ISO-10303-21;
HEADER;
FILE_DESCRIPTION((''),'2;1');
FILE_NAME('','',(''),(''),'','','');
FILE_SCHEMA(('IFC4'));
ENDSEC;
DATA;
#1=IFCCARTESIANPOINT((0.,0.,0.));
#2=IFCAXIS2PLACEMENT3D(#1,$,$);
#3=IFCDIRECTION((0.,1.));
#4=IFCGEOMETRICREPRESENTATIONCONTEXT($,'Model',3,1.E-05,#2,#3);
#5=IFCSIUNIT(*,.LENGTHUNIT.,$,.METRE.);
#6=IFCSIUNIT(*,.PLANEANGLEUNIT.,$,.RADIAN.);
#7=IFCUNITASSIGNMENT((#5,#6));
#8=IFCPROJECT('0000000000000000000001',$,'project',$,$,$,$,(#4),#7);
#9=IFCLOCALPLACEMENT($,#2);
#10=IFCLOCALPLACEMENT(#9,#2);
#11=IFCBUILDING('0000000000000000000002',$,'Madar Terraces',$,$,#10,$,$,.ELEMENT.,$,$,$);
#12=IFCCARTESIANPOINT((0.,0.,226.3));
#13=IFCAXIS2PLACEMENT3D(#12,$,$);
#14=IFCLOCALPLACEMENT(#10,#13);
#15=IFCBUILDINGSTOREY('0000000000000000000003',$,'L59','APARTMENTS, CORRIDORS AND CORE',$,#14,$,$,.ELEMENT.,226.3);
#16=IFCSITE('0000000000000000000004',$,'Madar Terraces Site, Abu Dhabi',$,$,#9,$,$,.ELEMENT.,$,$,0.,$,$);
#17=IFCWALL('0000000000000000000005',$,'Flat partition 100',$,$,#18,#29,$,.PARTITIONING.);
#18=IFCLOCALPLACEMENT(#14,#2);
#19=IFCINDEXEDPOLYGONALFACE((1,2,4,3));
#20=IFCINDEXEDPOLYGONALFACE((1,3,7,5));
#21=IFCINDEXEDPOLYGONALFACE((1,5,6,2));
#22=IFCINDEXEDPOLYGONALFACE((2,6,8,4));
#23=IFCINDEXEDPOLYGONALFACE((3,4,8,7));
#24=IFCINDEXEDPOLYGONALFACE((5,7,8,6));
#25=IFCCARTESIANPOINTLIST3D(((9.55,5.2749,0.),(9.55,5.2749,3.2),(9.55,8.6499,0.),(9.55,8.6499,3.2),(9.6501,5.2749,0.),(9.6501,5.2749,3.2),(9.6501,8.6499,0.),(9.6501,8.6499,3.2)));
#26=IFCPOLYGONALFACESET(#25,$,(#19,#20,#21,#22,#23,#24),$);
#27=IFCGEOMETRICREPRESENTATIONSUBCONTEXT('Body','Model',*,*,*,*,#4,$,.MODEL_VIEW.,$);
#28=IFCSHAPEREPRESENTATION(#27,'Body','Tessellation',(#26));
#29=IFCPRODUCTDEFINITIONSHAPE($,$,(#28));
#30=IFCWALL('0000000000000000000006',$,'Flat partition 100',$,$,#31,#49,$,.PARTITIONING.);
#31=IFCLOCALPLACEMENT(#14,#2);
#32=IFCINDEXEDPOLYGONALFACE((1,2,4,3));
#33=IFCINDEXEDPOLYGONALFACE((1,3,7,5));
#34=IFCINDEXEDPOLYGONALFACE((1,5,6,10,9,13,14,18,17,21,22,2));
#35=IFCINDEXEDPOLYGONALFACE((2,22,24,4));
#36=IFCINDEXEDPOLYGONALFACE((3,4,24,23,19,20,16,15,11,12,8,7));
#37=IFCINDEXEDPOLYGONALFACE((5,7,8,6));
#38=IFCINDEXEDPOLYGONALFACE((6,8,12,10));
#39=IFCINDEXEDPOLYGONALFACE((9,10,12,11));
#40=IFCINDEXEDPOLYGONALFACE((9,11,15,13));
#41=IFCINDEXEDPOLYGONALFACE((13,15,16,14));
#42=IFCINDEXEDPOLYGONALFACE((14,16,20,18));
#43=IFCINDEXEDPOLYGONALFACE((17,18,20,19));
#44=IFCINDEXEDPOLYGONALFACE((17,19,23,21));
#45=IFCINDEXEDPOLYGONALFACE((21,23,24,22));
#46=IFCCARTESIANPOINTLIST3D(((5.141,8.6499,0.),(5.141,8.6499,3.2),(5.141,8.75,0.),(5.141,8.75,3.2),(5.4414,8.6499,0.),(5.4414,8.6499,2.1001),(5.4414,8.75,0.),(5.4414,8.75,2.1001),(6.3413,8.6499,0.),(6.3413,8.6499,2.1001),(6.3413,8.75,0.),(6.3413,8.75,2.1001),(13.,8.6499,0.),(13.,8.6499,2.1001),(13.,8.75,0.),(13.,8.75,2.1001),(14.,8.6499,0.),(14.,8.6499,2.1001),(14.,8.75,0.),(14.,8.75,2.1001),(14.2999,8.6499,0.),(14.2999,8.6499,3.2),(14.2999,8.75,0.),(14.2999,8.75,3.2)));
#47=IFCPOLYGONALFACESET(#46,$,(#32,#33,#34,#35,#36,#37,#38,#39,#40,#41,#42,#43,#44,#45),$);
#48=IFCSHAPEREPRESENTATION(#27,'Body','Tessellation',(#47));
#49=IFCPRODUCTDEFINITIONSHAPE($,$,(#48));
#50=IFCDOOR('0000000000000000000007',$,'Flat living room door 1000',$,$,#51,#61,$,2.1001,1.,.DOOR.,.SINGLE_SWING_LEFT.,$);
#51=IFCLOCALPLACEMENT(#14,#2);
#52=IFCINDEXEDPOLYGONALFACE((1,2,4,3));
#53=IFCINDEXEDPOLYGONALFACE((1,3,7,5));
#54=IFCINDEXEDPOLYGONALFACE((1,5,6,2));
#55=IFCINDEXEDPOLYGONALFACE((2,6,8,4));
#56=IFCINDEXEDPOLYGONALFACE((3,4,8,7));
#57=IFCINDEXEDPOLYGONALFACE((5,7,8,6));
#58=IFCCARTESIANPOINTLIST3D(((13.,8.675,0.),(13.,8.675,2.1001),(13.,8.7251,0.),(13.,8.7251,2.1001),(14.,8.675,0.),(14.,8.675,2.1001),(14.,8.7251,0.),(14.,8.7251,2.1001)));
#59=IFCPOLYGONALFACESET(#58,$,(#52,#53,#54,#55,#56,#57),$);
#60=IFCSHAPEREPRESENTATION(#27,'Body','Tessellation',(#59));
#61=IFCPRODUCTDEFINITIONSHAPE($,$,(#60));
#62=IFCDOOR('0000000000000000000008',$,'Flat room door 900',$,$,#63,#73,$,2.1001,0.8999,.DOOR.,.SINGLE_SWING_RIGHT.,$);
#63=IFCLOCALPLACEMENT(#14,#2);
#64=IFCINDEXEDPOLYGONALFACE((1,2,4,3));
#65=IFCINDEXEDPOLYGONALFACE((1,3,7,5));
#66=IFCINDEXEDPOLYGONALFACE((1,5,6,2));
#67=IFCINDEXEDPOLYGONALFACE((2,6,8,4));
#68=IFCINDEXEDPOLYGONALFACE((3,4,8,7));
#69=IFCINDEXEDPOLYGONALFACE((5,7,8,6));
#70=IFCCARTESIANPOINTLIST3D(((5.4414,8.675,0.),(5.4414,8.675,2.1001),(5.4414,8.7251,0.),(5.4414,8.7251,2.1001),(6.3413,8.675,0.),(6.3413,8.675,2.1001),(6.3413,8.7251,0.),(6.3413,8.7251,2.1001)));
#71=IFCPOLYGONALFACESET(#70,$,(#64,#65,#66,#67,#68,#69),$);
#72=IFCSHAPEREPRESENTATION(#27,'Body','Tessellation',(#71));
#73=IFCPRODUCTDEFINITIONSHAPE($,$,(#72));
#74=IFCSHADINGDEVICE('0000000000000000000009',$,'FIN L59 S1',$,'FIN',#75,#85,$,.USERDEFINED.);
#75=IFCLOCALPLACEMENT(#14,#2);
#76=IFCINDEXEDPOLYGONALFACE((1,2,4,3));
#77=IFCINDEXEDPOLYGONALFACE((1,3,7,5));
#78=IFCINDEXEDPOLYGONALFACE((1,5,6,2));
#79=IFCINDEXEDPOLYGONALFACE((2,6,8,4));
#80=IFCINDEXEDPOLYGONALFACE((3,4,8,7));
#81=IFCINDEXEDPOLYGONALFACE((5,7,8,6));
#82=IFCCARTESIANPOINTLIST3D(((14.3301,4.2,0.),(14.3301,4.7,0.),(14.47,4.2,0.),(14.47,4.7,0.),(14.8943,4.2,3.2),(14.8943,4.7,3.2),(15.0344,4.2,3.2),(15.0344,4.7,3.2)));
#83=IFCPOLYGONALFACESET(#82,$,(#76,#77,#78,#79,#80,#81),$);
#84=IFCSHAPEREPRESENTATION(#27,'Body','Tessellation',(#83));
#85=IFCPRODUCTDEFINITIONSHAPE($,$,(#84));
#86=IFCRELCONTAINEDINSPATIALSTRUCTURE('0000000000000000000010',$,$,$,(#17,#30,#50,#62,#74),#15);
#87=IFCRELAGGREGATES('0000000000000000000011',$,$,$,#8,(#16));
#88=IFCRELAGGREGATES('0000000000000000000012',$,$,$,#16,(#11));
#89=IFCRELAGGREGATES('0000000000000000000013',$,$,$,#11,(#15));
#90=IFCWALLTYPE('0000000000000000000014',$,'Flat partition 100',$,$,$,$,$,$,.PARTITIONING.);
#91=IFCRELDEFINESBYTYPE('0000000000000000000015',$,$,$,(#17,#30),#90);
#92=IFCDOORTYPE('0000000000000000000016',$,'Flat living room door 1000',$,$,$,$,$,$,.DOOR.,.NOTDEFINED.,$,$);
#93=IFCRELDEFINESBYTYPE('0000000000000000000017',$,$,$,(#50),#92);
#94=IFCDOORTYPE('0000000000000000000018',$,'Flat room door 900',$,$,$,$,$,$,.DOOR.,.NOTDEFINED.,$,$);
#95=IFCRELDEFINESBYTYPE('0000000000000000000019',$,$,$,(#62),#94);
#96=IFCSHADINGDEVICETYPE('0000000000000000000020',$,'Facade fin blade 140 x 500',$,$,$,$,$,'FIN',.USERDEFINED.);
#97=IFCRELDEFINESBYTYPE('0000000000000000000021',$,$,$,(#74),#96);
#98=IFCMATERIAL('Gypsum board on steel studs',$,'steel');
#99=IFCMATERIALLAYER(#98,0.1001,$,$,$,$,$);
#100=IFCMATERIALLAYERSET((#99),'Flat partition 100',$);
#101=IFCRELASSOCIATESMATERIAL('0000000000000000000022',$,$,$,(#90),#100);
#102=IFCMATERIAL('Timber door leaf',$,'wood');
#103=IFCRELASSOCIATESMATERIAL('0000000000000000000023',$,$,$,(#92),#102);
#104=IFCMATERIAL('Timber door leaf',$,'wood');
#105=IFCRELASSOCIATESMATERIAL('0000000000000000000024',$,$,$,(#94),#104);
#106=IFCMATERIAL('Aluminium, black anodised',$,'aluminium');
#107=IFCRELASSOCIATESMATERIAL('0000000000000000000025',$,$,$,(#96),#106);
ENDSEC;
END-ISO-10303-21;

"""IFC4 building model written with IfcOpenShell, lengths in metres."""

from ifc_helpers import new_model, si_unit, direction, frame, frame_2d, origin, place, context, subcontext, project, spatial, polyline, rectangle, outline, extrude, material, layer, layer_set, type_object, element, fill, save


model = new_model("IFC4")

# Units and contexts
model_context = context("Model", 3, precision=1e-05, world=origin(), true_north=direction((0.0, 1.0)))
body_context = subcontext(model_context, "Body", "Model", "MODEL_VIEW")
ifc_project = project(units=[si_unit("LENGTHUNIT", "METRE"), si_unit("PLANEANGLEUNIT", "RADIAN")], contexts=[model_context])

# Site, building, storey
site_placement = place(None, origin())
site = spatial("IfcSite", under=ifc_project, at=site_placement, Name="Madar Terraces Site, Abu Dhabi", CompositionType="ELEMENT", RefElevation=0.0)
building_placement = place(site_placement, origin())
building = spatial("IfcBuilding", under=site, at=building_placement, Name="Madar Terraces", CompositionType="ELEMENT")
storey_placement = place(building_placement, frame((0.0, 0.0, 226.3)))
storey = spatial("IfcBuildingStorey", under=building, at=storey_placement, Name="L59", Description="APARTMENTS, CORRIDORS AND CORE", CompositionType="ELEMENT", Elevation=226.3)

# Wall
ifc_material_1 = material(Name="Gypsum board on steel studs", Category="steel")
ifc_layer_1 = layer(ifc_material_1, 0.1001)
ifc_layer_set_1 = layer_set([ifc_layer_1], Name="Flat partition 100")
wall_type_1 = type_object("IfcWallType", Name="Flat partition 100", PredefinedType="PARTITIONING", material=ifc_layer_set_1)
wall_1_placement = place(storey_placement, frame((9.6001, 8.6499, 0.0), z_axis=(0.0, 0.0, 1.0), x_axis=(0.0, -1.0, 0.0)))
element("IfcWall", 1, at=wall_1_placement, inside=storey, type_object=wall_type_1, Name="Flat partition 100", PredefinedType="PARTITIONING", context=body_context, shape_type="SweptSolid", body=[
    extrude(rectangle(XDim=3.375, YDim=0.1001, at=frame_2d((1.6875, 0.0))), origin(), (0.0, 0.0, 1.0), 3.2),
])

# Wall, openings, doors
wall_2_placement = place(storey_placement, frame((14.3, 8.7, 0.0), z_axis=(0.0, 0.0, 1.0), x_axis=(-1.0, 0.0, 0.0)))
wall_2 = element("IfcWall", 2, at=wall_2_placement, inside=storey, type_object=wall_type_1, Name="Flat partition 100", PredefinedType="PARTITIONING", context=body_context, shape_type="SweptSolid", body=[
    extrude(rectangle(XDim=9.1589, YDim=0.1001, at=frame_2d((4.5796, 0.0))), origin(), (0.0, 0.0, 1.0), 3.2),
])
opening_1_placement = place(wall_2_placement, frame((0.3, 0.0, 0.0)))
opening_1 = element("IfcOpeningElement", 3, at=opening_1_placement, cuts=wall_2, PredefinedType="OPENING", context=body_context, shape_type="SweptSolid", body=[
    extrude(rectangle(XDim=1.0, YDim=2.1001, at=frame_2d((0.5, 1.05))), frame((0.0, 0.0601, 0.0), z_axis=(0.0, -1.0, 0.0), x_axis=(1.0, 0.0, 0.0)), (0.0, 0.0, 1.0), 0.1201),
])
opening_2_placement = place(wall_2_placement, frame((7.9587, 0.0, 0.0)))
opening_2 = element("IfcOpeningElement", 4, at=opening_2_placement, cuts=wall_2, PredefinedType="OPENING", context=body_context, shape_type="SweptSolid", body=[
    extrude(rectangle(XDim=0.8999, YDim=2.1001, at=frame_2d((0.45, 1.05))), frame((0.0, 0.0601, 0.0), z_axis=(0.0, -1.0, 0.0), x_axis=(1.0, 0.0, 0.0)), (0.0, 0.0, 1.0), 0.1201),
])
ifc_material_2 = material(Name="Timber door leaf", Category="wood")
door_type_1 = type_object("IfcDoorType", Name="Flat living room door 1000", OperationType="NOTDEFINED", PredefinedType="DOOR", material=ifc_material_2)
door_1_placement = place(opening_1_placement, origin())
door_1 = element("IfcDoor", 5, at=door_1_placement, inside=storey, type_object=door_type_1, Name="Flat living room door 1000", OperationType="SINGLE_SWING_LEFT", OverallHeight=2.1001, OverallWidth=1.0, PredefinedType="DOOR", context=body_context, shape_type="SweptSolid", body=[
    extrude(rectangle(XDim=1.0, YDim=2.1001, at=frame_2d((0.5, 1.05))), frame((0.0, 0.0249, 0.0), z_axis=(0.0, -1.0, 0.0), x_axis=(1.0, 0.0, 0.0)), (0.0, 0.0, 1.0), 0.05),
])
fill(opening_1, door_1)
ifc_material_3 = material(Name="Timber door leaf", Category="wood")
door_type_2 = type_object("IfcDoorType", Name="Flat room door 900", OperationType="NOTDEFINED", PredefinedType="DOOR", material=ifc_material_3)
door_2_placement = place(opening_2_placement, origin())
door_2 = element("IfcDoor", 6, at=door_2_placement, inside=storey, type_object=door_type_2, Name="Flat room door 900", OperationType="SINGLE_SWING_RIGHT", OverallHeight=2.1001, OverallWidth=0.8999, PredefinedType="DOOR", context=body_context, shape_type="SweptSolid", body=[
    extrude(rectangle(XDim=0.8999, YDim=2.1001, at=frame_2d((0.45, 1.05))), frame((0.0, 0.0249, 0.0), z_axis=(0.0, -1.0, 0.0), x_axis=(1.0, 0.0, 0.0)), (0.0, 0.0, 1.0), 0.05),
])
fill(opening_2, door_2)

# Shading device
ifc_material_4 = material(Name="Aluminium, black anodised", Category="aluminium")
shading_device_type = type_object("IfcShadingDeviceType", Name="Facade fin blade 140 x 500", ElementType="FIN", PredefinedType="USERDEFINED", material=ifc_material_4)
shading_device_placement = place(storey_placement, frame((14.3301, 4.45, 0.0), z_axis=(0.0, 0.0, 1.0), x_axis=(1.0, 0.0, 0.0)))
element("IfcShadingDevice", 7, at=shading_device_placement, inside=storey, type_object=shading_device_type, Name="FIN L59 S1", ObjectType="FIN", PredefinedType="USERDEFINED", context=body_context, shape_type="SweptSolid", body=[
    extrude(outline(polyline([(0.0, 0.0), (0.1399, 0.0), (0.7043, 3.2), (0.5642, 3.2), (0.0, 0.0)])), frame((0.0, 0.25, 0.0), z_axis=(0.0, -1.0, 0.0), x_axis=(1.0, 0.0, 0.0)), (0.0, 0.0, 1.0), 0.5),
])

save(model, "model.ifc")
